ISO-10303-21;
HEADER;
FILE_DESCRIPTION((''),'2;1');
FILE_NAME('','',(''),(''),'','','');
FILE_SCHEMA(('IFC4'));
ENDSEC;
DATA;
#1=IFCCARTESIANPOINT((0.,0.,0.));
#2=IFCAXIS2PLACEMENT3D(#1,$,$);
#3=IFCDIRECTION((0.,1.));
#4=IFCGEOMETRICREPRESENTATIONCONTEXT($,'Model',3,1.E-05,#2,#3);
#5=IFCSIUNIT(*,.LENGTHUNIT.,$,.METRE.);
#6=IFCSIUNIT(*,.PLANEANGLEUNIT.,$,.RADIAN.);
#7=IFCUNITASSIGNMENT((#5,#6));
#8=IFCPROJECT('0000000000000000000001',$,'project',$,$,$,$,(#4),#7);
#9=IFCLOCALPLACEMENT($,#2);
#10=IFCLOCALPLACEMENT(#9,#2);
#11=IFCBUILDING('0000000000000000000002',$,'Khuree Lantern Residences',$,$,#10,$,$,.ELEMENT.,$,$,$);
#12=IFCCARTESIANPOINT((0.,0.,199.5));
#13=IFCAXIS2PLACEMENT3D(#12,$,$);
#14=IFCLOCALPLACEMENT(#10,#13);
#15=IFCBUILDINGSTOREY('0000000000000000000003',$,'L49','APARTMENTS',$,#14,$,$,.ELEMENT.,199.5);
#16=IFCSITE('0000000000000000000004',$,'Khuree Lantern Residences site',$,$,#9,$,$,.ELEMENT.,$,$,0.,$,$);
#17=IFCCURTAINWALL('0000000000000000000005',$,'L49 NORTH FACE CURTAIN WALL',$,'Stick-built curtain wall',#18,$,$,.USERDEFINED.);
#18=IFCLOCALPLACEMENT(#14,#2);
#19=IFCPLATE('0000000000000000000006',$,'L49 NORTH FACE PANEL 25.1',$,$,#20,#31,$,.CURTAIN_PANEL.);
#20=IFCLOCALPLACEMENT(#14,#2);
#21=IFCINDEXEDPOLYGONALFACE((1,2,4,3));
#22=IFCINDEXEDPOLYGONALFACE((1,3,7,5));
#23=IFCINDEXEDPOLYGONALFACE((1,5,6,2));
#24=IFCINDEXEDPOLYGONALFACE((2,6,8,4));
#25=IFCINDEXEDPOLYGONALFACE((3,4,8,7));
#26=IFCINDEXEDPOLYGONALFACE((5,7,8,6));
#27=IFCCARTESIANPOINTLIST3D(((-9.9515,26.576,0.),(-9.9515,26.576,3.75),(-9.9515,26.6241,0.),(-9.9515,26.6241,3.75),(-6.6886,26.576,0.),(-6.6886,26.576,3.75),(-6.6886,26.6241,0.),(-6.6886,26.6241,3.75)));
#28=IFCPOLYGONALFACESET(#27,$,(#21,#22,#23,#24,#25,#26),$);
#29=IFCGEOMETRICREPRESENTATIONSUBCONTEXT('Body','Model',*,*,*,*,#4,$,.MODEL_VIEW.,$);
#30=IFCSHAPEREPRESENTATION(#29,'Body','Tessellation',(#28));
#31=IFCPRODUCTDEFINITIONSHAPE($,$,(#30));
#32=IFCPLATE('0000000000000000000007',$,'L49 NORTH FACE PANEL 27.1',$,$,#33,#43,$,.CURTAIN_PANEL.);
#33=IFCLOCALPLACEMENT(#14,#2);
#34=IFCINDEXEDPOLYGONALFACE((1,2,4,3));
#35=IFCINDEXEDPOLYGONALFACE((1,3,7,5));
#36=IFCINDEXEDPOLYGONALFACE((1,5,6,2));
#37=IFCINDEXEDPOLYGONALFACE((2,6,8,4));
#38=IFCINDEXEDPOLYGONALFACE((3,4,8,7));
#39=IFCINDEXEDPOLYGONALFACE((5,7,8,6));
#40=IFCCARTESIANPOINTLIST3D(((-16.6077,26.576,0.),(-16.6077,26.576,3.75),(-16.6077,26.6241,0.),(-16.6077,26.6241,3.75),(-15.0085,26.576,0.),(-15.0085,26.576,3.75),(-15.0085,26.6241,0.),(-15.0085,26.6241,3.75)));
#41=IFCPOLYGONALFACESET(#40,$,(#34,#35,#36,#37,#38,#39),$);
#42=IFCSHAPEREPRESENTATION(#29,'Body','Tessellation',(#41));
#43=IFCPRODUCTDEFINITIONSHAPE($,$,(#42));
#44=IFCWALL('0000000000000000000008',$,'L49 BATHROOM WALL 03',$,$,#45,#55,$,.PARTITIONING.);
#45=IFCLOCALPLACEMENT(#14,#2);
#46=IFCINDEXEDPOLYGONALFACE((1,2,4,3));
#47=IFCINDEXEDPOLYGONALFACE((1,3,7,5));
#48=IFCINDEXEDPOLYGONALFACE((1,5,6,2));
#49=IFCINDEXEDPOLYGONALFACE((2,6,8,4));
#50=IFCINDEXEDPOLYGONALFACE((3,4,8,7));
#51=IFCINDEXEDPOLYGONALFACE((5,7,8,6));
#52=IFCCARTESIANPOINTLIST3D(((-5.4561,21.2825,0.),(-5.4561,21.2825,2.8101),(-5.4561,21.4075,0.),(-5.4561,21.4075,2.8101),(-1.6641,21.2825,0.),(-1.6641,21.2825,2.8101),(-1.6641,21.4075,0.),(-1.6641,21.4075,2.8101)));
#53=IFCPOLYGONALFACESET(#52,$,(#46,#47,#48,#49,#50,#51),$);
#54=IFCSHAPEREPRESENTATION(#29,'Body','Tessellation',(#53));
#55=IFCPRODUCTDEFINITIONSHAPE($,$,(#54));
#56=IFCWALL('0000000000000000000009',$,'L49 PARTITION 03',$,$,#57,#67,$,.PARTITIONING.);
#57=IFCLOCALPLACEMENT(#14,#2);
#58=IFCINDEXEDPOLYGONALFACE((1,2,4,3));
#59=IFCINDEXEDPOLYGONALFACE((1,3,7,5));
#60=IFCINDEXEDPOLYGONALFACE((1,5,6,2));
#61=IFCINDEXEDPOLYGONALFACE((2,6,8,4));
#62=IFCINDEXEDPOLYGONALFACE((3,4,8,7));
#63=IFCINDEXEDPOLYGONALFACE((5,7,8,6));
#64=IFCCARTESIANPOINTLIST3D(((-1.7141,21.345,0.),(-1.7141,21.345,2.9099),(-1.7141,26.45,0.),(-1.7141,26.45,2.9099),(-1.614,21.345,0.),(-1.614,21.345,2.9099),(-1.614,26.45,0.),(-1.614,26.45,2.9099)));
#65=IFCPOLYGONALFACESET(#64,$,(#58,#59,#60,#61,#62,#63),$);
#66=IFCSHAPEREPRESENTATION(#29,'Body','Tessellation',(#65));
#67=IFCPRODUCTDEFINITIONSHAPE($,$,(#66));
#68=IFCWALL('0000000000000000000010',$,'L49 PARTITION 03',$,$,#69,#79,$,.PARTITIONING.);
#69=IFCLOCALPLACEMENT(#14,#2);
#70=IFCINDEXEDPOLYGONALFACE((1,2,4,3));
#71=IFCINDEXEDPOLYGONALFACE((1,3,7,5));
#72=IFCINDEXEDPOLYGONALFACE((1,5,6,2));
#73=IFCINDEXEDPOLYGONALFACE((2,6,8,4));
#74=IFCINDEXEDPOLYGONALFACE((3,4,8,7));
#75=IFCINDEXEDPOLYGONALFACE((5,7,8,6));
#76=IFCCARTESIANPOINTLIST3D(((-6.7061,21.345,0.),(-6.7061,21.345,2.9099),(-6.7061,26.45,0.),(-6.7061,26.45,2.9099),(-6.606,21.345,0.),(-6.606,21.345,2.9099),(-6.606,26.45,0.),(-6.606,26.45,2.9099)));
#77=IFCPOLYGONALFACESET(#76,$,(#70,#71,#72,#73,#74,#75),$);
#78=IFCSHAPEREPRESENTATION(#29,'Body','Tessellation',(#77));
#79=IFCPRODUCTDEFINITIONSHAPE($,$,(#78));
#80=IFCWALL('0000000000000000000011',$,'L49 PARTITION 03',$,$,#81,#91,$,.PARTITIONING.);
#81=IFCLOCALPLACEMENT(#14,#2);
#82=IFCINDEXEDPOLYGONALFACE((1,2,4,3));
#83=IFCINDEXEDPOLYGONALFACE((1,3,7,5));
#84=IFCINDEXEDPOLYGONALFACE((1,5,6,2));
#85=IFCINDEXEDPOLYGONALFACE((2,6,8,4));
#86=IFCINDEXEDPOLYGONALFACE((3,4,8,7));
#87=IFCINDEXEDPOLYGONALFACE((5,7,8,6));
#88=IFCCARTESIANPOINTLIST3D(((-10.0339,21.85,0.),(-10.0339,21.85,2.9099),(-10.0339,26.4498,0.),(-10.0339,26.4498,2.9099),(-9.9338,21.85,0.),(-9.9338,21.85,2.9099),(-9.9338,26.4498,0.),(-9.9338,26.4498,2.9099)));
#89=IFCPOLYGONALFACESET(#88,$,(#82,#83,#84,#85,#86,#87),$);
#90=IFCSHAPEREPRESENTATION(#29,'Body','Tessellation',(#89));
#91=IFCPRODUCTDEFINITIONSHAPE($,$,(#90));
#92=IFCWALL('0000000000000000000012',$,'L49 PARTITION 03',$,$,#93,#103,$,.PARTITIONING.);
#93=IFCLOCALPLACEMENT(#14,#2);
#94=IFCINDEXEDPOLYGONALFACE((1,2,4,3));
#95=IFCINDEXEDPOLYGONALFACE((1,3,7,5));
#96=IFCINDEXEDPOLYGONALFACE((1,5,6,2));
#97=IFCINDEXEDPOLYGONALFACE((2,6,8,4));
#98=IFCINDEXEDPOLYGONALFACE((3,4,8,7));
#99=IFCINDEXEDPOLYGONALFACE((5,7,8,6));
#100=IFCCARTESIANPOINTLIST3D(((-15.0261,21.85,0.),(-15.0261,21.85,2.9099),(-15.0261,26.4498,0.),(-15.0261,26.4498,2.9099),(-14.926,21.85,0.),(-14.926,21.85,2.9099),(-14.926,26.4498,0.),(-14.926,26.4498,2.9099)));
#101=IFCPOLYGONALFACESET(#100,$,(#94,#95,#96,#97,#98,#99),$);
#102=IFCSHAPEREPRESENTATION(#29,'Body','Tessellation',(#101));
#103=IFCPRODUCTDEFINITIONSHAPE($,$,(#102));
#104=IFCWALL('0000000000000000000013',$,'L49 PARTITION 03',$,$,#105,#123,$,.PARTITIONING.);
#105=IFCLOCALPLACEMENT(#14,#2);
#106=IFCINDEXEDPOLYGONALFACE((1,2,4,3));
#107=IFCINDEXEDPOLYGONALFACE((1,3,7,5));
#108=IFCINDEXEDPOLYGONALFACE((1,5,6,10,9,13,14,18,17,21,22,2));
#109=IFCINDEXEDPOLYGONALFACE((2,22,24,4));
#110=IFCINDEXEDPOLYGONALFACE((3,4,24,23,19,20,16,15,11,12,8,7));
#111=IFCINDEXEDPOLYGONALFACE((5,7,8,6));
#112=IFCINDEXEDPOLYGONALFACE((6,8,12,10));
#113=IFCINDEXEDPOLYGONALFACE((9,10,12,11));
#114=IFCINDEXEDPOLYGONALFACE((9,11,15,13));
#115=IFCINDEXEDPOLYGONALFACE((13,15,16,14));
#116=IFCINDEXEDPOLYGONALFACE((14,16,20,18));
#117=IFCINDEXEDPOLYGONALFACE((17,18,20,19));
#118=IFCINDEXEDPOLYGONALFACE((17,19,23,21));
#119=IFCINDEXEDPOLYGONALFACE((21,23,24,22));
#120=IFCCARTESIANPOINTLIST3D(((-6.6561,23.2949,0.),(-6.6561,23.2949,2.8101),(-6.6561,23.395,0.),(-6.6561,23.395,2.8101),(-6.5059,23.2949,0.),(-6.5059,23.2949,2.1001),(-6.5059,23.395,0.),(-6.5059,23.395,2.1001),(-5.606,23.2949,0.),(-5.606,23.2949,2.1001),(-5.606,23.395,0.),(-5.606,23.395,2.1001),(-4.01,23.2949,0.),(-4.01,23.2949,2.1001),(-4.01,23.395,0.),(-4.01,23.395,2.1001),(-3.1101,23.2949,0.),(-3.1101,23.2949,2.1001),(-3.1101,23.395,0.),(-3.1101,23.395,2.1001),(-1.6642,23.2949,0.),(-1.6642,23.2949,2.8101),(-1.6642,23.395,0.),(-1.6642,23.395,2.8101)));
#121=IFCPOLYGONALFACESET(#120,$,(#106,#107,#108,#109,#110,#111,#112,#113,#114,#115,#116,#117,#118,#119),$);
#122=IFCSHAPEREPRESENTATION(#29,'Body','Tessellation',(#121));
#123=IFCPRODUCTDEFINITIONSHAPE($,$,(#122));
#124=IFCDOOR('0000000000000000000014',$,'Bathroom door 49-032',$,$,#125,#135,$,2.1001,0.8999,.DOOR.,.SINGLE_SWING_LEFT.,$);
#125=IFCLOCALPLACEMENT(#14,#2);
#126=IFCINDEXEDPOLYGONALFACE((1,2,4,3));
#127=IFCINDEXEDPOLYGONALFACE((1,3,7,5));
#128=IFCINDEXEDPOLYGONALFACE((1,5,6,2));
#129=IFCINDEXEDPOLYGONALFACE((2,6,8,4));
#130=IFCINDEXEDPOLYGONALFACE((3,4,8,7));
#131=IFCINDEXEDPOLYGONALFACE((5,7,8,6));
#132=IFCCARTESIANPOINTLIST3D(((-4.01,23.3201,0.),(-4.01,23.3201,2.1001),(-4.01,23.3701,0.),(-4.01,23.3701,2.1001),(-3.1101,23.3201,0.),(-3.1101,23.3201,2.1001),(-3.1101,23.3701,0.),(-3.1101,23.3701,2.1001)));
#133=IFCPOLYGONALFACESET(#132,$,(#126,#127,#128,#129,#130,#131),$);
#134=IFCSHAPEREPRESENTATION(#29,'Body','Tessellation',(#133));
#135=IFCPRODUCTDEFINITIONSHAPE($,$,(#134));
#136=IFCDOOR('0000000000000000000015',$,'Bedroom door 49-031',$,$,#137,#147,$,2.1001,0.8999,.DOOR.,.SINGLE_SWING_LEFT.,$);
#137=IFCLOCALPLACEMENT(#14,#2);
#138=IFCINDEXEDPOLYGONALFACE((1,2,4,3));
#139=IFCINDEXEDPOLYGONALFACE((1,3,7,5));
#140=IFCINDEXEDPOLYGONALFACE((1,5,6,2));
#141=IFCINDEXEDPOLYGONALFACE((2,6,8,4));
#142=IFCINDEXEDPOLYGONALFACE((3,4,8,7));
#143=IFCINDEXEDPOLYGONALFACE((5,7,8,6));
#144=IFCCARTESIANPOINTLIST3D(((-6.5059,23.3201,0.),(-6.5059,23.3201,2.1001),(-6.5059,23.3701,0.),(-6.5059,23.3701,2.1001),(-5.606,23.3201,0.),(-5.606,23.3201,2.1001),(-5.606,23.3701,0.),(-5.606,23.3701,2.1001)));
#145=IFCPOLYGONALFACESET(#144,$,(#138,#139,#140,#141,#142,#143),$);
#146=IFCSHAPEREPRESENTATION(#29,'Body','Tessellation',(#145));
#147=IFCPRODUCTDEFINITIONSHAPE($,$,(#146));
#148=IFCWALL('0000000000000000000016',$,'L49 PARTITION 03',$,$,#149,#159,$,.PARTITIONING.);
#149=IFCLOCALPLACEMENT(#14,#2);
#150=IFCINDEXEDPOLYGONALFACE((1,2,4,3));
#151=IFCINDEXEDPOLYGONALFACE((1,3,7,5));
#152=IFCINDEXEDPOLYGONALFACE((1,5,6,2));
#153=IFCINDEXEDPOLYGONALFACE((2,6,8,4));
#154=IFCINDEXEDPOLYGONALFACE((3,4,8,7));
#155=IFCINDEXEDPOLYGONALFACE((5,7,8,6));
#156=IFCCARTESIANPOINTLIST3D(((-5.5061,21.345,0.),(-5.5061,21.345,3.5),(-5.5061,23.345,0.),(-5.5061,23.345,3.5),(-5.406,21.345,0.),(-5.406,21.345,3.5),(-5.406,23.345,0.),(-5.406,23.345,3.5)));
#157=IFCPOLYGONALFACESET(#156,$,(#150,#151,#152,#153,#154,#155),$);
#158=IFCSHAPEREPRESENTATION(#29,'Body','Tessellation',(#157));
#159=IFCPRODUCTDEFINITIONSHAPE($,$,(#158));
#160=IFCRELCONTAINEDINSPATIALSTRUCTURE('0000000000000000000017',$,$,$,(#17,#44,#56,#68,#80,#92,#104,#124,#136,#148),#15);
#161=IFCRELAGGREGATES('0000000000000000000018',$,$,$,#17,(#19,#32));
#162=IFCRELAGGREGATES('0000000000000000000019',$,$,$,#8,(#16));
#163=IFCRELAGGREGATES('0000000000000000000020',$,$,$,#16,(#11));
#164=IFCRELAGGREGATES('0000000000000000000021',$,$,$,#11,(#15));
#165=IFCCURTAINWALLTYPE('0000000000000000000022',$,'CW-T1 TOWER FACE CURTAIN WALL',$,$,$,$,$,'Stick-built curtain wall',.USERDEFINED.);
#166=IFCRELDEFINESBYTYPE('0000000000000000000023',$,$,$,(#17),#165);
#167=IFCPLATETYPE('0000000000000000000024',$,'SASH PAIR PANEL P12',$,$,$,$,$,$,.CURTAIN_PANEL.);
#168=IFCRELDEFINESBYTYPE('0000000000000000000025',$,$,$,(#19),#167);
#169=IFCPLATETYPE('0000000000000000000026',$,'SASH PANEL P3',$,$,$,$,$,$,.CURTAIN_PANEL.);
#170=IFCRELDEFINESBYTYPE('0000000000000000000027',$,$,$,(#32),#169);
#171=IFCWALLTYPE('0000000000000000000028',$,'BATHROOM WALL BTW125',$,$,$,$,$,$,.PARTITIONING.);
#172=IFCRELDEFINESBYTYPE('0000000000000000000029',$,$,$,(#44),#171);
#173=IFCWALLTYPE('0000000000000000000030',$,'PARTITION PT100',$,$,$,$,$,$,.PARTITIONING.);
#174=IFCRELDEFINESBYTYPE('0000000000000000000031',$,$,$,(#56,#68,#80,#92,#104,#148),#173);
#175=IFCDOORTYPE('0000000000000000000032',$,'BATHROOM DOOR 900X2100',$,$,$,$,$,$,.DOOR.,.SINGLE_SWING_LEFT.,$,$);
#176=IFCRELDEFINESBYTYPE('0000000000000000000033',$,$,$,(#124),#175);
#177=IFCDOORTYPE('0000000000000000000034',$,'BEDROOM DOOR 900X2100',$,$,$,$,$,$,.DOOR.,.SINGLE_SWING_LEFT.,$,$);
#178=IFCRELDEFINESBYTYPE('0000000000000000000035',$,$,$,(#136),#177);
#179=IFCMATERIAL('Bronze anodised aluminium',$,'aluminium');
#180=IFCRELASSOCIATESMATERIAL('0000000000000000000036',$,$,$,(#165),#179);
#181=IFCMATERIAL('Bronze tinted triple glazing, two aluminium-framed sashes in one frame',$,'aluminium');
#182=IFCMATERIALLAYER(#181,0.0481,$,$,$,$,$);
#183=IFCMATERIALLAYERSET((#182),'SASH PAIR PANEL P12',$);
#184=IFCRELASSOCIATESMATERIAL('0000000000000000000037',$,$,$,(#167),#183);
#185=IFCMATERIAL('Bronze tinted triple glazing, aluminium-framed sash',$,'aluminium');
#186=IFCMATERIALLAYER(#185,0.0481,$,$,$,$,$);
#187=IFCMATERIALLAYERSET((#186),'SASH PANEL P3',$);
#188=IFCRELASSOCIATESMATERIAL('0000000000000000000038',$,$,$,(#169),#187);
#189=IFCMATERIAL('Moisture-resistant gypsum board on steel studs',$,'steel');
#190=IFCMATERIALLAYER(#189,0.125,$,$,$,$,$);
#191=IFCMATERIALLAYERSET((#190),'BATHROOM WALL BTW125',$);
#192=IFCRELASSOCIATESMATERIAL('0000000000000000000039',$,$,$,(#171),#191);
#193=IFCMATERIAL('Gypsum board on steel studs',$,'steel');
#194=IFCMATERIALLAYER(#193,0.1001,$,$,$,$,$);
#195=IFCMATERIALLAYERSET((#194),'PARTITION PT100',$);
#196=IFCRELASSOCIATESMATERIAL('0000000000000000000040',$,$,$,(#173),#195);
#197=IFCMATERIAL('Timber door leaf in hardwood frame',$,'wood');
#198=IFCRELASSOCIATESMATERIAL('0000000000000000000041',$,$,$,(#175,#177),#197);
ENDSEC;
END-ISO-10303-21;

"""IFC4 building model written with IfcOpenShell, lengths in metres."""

from ifc_helpers import new_model, si_unit, direction, frame, frame_2d, origin, origin_2d, place, context, subcontext, project, spatial, rectangle, extrude, material, layer, layer_set, type_object, element, fill, aggregate, save


model = new_model("IFC4")

# Units and contexts
model_context = context("Model", 3, precision=1e-05, world=origin(), true_north=direction((0.0, 1.0)))
body_context = subcontext(model_context, "Body", "Model", "MODEL_VIEW")
ifc_project = project(units=[si_unit("LENGTHUNIT", "METRE"), si_unit("PLANEANGLEUNIT", "RADIAN")], contexts=[model_context])

# Site, building, storey
site_placement = place(None, origin())
site = spatial("IfcSite", under=ifc_project, at=site_placement, Name="Khuree Lantern Residences site", CompositionType="ELEMENT", RefElevation=0.0)
building_placement = place(site_placement, origin())
building = spatial("IfcBuilding", under=site, at=building_placement, Name="Khuree Lantern Residences", CompositionType="ELEMENT")
storey_placement = place(building_placement, frame((0.0, 0.0, 199.5)))
storey = spatial("IfcBuildingStorey", under=building, at=storey_placement, Name="L49", Description="APARTMENTS", CompositionType="ELEMENT", Elevation=199.5)

# Curtain wall
ifc_material_1 = material(Name="Bronze anodised aluminium", Category="aluminium")
curtain_wall_type = type_object("IfcCurtainWallType", Name="CW-T1 TOWER FACE CURTAIN WALL", ElementType="Stick-built curtain wall", PredefinedType="USERDEFINED", material=ifc_material_1)
curtain_wall_placement = place(storey_placement, origin())
curtain_wall = element("IfcCurtainWall", 1, at=curtain_wall_placement, inside=storey, type_object=curtain_wall_type, Name="L49 NORTH FACE CURTAIN WALL", ObjectType="Stick-built curtain wall", PredefinedType="USERDEFINED")

# Plates
ifc_material_2 = material(Name="Bronze tinted triple glazing, two aluminium-framed sashes in one frame", Category="aluminium")
ifc_layer_1 = layer(ifc_material_2, 0.0481)
ifc_layer_set_1 = layer_set([ifc_layer_1], Name="SASH PAIR PANEL P12")
plate_type_1 = type_object("IfcPlateType", Name="SASH PAIR PANEL P12", PredefinedType="CURTAIN_PANEL", material=ifc_layer_set_1)
plate_1_placement = place(storey_placement, frame((-8.3201, 26.6001, 0.0), z_axis=(0.0, 0.0, 1.0), x_axis=(-1.0, 0.0, 0.0)))
plate_1 = element("IfcPlate", 2, at=plate_1_placement, type_object=plate_type_1, Name="L49 NORTH FACE PANEL 25.1", PredefinedType="CURTAIN_PANEL", context=body_context, shape_type="SweptSolid", body=[
    extrude(rectangle(XDim=3.2629, YDim=0.0481, at=origin_2d()), origin(), (0.0, 0.0, 1.0), 3.75),
])
ifc_material_3 = material(Name="Bronze tinted triple glazing, aluminium-framed sash", Category="aluminium")
ifc_layer_2 = layer(ifc_material_3, 0.0481)
ifc_layer_set_2 = layer_set([ifc_layer_2], Name="SASH PANEL P3")
plate_type_2 = type_object("IfcPlateType", Name="SASH PANEL P3", PredefinedType="CURTAIN_PANEL", material=ifc_layer_set_2)
plate_2_placement = place(storey_placement, frame((-15.8081, 26.6001, 0.0), z_axis=(0.0, 0.0, 1.0), x_axis=(-1.0, 0.0, 0.0)))
plate_2 = element("IfcPlate", 3, at=plate_2_placement, type_object=plate_type_2, Name="L49 NORTH FACE PANEL 27.1", PredefinedType="CURTAIN_PANEL", context=body_context, shape_type="SweptSolid", body=[
    extrude(rectangle(XDim=1.5991, YDim=0.0481, at=origin_2d()), origin(), (0.0, 0.0, 1.0), 3.75),
])
aggregate(curtain_wall, [plate_1, plate_2])

# Walls
ifc_material_4 = material(Name="Moisture-resistant gypsum board on steel studs", Category="steel")
ifc_layer_3 = layer(ifc_material_4, 0.125)
ifc_layer_set_3 = layer_set([ifc_layer_3], Name="BATHROOM WALL BTW125")
wall_type_1 = type_object("IfcWallType", Name="BATHROOM WALL BTW125", PredefinedType="PARTITIONING", material=ifc_layer_set_3)
wall_1_placement = place(storey_placement, frame((-1.6641, 21.345, 0.0), z_axis=(0.0, 0.0, 1.0), x_axis=(-1.0, 0.0, 0.0)))
element("IfcWall", 4, at=wall_1_placement, inside=storey, type_object=wall_type_1, Name="L49 BATHROOM WALL 03", PredefinedType="PARTITIONING", context=body_context, shape_type="SweptSolid", body=[
    extrude(rectangle(XDim=3.792, YDim=0.125, at=frame_2d((1.896, 0.0))), origin(), (0.0, 0.0, 1.0), 2.8101),
])
ifc_material_5 = material(Name="Gypsum board on steel studs", Category="steel")
ifc_layer_4 = layer(ifc_material_5, 0.1001)
ifc_layer_set_4 = layer_set([ifc_layer_4], Name="PARTITION PT100")
wall_type_2 = type_object("IfcWallType", Name="PARTITION PT100", PredefinedType="PARTITIONING", material=ifc_layer_set_4)
for number, where, z_axis, x_axis, name in (
    (5, (-1.6641, 21.345, 0.0), (0.0, 0.0, 1.0), (0.0, 1.0, 0.0), "L49 PARTITION 03"),
    (6, (-6.656, 21.345, 0.0), (0.0, 0.0, 1.0), (0.0, 1.0, 0.0), "L49 PARTITION 03"),
):
    element("IfcWall", number, at=place(storey_placement, frame(where, z_axis=z_axis, x_axis=x_axis)), inside=storey, type_object=wall_type_2, Name=name, PredefinedType="PARTITIONING", context=body_context, shape_type="SweptSolid", body=[
        extrude(rectangle(XDim=5.105, YDim=0.1001, at=frame_2d((2.5525, 0.0))), origin(), (0.0, 0.0, 1.0), 2.9099),
    ])
for number, where, z_axis, x_axis, name in (
    (7, (-9.9839, 21.8501, 0.0), (0.0, 0.0, 1.0), (0.0, 1.0, 0.0), "L49 PARTITION 03"),
    (8, (-14.9761, 21.8501, 0.0), (0.0, 0.0, 1.0), (0.0, 1.0, 0.0), "L49 PARTITION 03"),
):
    element("IfcWall", number, at=place(storey_placement, frame(where, z_axis=z_axis, x_axis=x_axis)), inside=storey, type_object=wall_type_2, Name=name, PredefinedType="PARTITIONING", context=body_context, shape_type="SweptSolid", body=[
        extrude(rectangle(XDim=4.5999, YDim=0.1001, at=frame_2d((2.2998, 0.0))), origin(), (0.0, 0.0, 1.0), 2.9099),
    ])

# Wall, openings, doors
wall_2_placement = place(storey_placement, frame((-1.6641, 23.345, 0.0), z_axis=(0.0, 0.0, 1.0), x_axis=(-1.0, 0.0, 0.0)))
wall_2 = element("IfcWall", 9, at=wall_2_placement, inside=storey, type_object=wall_type_2, Name="L49 PARTITION 03", PredefinedType="PARTITIONING", context=body_context, shape_type="SweptSolid", body=[
    extrude(rectangle(XDim=4.9919, YDim=0.1001, at=frame_2d((2.4961, 0.0))), origin(), (0.0, 0.0, 1.0), 2.8101),
])
opening_1_placement = place(wall_2_placement, frame((3.9419, 0.0, 0.0)))
opening_1 = element("IfcOpeningElement", 10, at=opening_1_placement, cuts=wall_2, PredefinedType="OPENING", context=body_context, shape_type="SweptSolid", body=[
    extrude(rectangle(XDim=0.8999, YDim=2.1001, at=frame_2d((0.45, 1.05))), frame((0.0, 0.0601, 0.0), z_axis=(0.0, -1.0, 0.0), x_axis=(1.0, 0.0, 0.0)), (0.0, 0.0, 1.0), 0.1201),
])
opening_2_placement = place(wall_2_placement, frame((1.446, 0.0, 0.0)))
opening_2 = element("IfcOpeningElement", 11, at=opening_2_placement, cuts=wall_2, PredefinedType="OPENING", context=body_context, shape_type="SweptSolid", body=[
    extrude(rectangle(XDim=0.8999, YDim=2.1001, at=frame_2d((0.45, 1.05))), frame((0.0, 0.0601, 0.0), z_axis=(0.0, -1.0, 0.0), x_axis=(1.0, 0.0, 0.0)), (0.0, 0.0, 1.0), 0.1201),
])
ifc_material_6 = material(Name="Timber door leaf in hardwood frame", Category="wood")
door_type_1 = type_object("IfcDoorType", Name="BATHROOM DOOR 900X2100", OperationType="SINGLE_SWING_LEFT", PredefinedType="DOOR", material=ifc_material_6)
door_1_placement = place(opening_2_placement, origin())
door_1 = element("IfcDoor", 12, at=door_1_placement, inside=storey, type_object=door_type_1, Name="Bathroom door 49-032", OperationType="SINGLE_SWING_LEFT", OverallHeight=2.1001, OverallWidth=0.8999, PredefinedType="DOOR", context=body_context, shape_type="SweptSolid", body=[
    extrude(rectangle(XDim=0.8999, YDim=2.1001, at=frame_2d((0.45, 1.05))), frame((0.0, 0.0249, 0.0), z_axis=(0.0, -1.0, 0.0), x_axis=(1.0, 0.0, 0.0)), (0.0, 0.0, 1.0), 0.05),
])
fill(opening_2, door_1)
door_type_2 = type_object("IfcDoorType", Name="BEDROOM DOOR 900X2100", OperationType="SINGLE_SWING_LEFT", PredefinedType="DOOR", material=ifc_material_6)
door_2_placement = place(opening_1_placement, origin())
door_2 = element("IfcDoor", 13, at=door_2_placement, inside=storey, type_object=door_type_2, Name="Bedroom door 49-031", OperationType="SINGLE_SWING_LEFT", OverallHeight=2.1001, OverallWidth=0.8999, PredefinedType="DOOR", context=body_context, shape_type="SweptSolid", body=[
    extrude(rectangle(XDim=0.8999, YDim=2.1001, at=frame_2d((0.45, 1.05))), frame((0.0, 0.0249, 0.0), z_axis=(0.0, -1.0, 0.0), x_axis=(1.0, 0.0, 0.0)), (0.0, 0.0, 1.0), 0.05),
])
fill(opening_1, door_2)

# Wall
wall_3_placement = place(storey_placement, frame((-5.4561, 21.345, 0.0), z_axis=(0.0, 0.0, 1.0), x_axis=(0.0, 1.0, 0.0)))
element("IfcWall", 14, at=wall_3_placement, inside=storey, type_object=wall_type_2, Name="L49 PARTITION 03", PredefinedType="PARTITIONING", context=body_context, shape_type="SweptSolid", body=[
    extrude(rectangle(XDim=2.0, YDim=0.1001, at=frame_2d((1.0, 0.0))), origin(), (0.0, 0.0, 1.0), 3.5),
])

save(model, "model.ifc")
